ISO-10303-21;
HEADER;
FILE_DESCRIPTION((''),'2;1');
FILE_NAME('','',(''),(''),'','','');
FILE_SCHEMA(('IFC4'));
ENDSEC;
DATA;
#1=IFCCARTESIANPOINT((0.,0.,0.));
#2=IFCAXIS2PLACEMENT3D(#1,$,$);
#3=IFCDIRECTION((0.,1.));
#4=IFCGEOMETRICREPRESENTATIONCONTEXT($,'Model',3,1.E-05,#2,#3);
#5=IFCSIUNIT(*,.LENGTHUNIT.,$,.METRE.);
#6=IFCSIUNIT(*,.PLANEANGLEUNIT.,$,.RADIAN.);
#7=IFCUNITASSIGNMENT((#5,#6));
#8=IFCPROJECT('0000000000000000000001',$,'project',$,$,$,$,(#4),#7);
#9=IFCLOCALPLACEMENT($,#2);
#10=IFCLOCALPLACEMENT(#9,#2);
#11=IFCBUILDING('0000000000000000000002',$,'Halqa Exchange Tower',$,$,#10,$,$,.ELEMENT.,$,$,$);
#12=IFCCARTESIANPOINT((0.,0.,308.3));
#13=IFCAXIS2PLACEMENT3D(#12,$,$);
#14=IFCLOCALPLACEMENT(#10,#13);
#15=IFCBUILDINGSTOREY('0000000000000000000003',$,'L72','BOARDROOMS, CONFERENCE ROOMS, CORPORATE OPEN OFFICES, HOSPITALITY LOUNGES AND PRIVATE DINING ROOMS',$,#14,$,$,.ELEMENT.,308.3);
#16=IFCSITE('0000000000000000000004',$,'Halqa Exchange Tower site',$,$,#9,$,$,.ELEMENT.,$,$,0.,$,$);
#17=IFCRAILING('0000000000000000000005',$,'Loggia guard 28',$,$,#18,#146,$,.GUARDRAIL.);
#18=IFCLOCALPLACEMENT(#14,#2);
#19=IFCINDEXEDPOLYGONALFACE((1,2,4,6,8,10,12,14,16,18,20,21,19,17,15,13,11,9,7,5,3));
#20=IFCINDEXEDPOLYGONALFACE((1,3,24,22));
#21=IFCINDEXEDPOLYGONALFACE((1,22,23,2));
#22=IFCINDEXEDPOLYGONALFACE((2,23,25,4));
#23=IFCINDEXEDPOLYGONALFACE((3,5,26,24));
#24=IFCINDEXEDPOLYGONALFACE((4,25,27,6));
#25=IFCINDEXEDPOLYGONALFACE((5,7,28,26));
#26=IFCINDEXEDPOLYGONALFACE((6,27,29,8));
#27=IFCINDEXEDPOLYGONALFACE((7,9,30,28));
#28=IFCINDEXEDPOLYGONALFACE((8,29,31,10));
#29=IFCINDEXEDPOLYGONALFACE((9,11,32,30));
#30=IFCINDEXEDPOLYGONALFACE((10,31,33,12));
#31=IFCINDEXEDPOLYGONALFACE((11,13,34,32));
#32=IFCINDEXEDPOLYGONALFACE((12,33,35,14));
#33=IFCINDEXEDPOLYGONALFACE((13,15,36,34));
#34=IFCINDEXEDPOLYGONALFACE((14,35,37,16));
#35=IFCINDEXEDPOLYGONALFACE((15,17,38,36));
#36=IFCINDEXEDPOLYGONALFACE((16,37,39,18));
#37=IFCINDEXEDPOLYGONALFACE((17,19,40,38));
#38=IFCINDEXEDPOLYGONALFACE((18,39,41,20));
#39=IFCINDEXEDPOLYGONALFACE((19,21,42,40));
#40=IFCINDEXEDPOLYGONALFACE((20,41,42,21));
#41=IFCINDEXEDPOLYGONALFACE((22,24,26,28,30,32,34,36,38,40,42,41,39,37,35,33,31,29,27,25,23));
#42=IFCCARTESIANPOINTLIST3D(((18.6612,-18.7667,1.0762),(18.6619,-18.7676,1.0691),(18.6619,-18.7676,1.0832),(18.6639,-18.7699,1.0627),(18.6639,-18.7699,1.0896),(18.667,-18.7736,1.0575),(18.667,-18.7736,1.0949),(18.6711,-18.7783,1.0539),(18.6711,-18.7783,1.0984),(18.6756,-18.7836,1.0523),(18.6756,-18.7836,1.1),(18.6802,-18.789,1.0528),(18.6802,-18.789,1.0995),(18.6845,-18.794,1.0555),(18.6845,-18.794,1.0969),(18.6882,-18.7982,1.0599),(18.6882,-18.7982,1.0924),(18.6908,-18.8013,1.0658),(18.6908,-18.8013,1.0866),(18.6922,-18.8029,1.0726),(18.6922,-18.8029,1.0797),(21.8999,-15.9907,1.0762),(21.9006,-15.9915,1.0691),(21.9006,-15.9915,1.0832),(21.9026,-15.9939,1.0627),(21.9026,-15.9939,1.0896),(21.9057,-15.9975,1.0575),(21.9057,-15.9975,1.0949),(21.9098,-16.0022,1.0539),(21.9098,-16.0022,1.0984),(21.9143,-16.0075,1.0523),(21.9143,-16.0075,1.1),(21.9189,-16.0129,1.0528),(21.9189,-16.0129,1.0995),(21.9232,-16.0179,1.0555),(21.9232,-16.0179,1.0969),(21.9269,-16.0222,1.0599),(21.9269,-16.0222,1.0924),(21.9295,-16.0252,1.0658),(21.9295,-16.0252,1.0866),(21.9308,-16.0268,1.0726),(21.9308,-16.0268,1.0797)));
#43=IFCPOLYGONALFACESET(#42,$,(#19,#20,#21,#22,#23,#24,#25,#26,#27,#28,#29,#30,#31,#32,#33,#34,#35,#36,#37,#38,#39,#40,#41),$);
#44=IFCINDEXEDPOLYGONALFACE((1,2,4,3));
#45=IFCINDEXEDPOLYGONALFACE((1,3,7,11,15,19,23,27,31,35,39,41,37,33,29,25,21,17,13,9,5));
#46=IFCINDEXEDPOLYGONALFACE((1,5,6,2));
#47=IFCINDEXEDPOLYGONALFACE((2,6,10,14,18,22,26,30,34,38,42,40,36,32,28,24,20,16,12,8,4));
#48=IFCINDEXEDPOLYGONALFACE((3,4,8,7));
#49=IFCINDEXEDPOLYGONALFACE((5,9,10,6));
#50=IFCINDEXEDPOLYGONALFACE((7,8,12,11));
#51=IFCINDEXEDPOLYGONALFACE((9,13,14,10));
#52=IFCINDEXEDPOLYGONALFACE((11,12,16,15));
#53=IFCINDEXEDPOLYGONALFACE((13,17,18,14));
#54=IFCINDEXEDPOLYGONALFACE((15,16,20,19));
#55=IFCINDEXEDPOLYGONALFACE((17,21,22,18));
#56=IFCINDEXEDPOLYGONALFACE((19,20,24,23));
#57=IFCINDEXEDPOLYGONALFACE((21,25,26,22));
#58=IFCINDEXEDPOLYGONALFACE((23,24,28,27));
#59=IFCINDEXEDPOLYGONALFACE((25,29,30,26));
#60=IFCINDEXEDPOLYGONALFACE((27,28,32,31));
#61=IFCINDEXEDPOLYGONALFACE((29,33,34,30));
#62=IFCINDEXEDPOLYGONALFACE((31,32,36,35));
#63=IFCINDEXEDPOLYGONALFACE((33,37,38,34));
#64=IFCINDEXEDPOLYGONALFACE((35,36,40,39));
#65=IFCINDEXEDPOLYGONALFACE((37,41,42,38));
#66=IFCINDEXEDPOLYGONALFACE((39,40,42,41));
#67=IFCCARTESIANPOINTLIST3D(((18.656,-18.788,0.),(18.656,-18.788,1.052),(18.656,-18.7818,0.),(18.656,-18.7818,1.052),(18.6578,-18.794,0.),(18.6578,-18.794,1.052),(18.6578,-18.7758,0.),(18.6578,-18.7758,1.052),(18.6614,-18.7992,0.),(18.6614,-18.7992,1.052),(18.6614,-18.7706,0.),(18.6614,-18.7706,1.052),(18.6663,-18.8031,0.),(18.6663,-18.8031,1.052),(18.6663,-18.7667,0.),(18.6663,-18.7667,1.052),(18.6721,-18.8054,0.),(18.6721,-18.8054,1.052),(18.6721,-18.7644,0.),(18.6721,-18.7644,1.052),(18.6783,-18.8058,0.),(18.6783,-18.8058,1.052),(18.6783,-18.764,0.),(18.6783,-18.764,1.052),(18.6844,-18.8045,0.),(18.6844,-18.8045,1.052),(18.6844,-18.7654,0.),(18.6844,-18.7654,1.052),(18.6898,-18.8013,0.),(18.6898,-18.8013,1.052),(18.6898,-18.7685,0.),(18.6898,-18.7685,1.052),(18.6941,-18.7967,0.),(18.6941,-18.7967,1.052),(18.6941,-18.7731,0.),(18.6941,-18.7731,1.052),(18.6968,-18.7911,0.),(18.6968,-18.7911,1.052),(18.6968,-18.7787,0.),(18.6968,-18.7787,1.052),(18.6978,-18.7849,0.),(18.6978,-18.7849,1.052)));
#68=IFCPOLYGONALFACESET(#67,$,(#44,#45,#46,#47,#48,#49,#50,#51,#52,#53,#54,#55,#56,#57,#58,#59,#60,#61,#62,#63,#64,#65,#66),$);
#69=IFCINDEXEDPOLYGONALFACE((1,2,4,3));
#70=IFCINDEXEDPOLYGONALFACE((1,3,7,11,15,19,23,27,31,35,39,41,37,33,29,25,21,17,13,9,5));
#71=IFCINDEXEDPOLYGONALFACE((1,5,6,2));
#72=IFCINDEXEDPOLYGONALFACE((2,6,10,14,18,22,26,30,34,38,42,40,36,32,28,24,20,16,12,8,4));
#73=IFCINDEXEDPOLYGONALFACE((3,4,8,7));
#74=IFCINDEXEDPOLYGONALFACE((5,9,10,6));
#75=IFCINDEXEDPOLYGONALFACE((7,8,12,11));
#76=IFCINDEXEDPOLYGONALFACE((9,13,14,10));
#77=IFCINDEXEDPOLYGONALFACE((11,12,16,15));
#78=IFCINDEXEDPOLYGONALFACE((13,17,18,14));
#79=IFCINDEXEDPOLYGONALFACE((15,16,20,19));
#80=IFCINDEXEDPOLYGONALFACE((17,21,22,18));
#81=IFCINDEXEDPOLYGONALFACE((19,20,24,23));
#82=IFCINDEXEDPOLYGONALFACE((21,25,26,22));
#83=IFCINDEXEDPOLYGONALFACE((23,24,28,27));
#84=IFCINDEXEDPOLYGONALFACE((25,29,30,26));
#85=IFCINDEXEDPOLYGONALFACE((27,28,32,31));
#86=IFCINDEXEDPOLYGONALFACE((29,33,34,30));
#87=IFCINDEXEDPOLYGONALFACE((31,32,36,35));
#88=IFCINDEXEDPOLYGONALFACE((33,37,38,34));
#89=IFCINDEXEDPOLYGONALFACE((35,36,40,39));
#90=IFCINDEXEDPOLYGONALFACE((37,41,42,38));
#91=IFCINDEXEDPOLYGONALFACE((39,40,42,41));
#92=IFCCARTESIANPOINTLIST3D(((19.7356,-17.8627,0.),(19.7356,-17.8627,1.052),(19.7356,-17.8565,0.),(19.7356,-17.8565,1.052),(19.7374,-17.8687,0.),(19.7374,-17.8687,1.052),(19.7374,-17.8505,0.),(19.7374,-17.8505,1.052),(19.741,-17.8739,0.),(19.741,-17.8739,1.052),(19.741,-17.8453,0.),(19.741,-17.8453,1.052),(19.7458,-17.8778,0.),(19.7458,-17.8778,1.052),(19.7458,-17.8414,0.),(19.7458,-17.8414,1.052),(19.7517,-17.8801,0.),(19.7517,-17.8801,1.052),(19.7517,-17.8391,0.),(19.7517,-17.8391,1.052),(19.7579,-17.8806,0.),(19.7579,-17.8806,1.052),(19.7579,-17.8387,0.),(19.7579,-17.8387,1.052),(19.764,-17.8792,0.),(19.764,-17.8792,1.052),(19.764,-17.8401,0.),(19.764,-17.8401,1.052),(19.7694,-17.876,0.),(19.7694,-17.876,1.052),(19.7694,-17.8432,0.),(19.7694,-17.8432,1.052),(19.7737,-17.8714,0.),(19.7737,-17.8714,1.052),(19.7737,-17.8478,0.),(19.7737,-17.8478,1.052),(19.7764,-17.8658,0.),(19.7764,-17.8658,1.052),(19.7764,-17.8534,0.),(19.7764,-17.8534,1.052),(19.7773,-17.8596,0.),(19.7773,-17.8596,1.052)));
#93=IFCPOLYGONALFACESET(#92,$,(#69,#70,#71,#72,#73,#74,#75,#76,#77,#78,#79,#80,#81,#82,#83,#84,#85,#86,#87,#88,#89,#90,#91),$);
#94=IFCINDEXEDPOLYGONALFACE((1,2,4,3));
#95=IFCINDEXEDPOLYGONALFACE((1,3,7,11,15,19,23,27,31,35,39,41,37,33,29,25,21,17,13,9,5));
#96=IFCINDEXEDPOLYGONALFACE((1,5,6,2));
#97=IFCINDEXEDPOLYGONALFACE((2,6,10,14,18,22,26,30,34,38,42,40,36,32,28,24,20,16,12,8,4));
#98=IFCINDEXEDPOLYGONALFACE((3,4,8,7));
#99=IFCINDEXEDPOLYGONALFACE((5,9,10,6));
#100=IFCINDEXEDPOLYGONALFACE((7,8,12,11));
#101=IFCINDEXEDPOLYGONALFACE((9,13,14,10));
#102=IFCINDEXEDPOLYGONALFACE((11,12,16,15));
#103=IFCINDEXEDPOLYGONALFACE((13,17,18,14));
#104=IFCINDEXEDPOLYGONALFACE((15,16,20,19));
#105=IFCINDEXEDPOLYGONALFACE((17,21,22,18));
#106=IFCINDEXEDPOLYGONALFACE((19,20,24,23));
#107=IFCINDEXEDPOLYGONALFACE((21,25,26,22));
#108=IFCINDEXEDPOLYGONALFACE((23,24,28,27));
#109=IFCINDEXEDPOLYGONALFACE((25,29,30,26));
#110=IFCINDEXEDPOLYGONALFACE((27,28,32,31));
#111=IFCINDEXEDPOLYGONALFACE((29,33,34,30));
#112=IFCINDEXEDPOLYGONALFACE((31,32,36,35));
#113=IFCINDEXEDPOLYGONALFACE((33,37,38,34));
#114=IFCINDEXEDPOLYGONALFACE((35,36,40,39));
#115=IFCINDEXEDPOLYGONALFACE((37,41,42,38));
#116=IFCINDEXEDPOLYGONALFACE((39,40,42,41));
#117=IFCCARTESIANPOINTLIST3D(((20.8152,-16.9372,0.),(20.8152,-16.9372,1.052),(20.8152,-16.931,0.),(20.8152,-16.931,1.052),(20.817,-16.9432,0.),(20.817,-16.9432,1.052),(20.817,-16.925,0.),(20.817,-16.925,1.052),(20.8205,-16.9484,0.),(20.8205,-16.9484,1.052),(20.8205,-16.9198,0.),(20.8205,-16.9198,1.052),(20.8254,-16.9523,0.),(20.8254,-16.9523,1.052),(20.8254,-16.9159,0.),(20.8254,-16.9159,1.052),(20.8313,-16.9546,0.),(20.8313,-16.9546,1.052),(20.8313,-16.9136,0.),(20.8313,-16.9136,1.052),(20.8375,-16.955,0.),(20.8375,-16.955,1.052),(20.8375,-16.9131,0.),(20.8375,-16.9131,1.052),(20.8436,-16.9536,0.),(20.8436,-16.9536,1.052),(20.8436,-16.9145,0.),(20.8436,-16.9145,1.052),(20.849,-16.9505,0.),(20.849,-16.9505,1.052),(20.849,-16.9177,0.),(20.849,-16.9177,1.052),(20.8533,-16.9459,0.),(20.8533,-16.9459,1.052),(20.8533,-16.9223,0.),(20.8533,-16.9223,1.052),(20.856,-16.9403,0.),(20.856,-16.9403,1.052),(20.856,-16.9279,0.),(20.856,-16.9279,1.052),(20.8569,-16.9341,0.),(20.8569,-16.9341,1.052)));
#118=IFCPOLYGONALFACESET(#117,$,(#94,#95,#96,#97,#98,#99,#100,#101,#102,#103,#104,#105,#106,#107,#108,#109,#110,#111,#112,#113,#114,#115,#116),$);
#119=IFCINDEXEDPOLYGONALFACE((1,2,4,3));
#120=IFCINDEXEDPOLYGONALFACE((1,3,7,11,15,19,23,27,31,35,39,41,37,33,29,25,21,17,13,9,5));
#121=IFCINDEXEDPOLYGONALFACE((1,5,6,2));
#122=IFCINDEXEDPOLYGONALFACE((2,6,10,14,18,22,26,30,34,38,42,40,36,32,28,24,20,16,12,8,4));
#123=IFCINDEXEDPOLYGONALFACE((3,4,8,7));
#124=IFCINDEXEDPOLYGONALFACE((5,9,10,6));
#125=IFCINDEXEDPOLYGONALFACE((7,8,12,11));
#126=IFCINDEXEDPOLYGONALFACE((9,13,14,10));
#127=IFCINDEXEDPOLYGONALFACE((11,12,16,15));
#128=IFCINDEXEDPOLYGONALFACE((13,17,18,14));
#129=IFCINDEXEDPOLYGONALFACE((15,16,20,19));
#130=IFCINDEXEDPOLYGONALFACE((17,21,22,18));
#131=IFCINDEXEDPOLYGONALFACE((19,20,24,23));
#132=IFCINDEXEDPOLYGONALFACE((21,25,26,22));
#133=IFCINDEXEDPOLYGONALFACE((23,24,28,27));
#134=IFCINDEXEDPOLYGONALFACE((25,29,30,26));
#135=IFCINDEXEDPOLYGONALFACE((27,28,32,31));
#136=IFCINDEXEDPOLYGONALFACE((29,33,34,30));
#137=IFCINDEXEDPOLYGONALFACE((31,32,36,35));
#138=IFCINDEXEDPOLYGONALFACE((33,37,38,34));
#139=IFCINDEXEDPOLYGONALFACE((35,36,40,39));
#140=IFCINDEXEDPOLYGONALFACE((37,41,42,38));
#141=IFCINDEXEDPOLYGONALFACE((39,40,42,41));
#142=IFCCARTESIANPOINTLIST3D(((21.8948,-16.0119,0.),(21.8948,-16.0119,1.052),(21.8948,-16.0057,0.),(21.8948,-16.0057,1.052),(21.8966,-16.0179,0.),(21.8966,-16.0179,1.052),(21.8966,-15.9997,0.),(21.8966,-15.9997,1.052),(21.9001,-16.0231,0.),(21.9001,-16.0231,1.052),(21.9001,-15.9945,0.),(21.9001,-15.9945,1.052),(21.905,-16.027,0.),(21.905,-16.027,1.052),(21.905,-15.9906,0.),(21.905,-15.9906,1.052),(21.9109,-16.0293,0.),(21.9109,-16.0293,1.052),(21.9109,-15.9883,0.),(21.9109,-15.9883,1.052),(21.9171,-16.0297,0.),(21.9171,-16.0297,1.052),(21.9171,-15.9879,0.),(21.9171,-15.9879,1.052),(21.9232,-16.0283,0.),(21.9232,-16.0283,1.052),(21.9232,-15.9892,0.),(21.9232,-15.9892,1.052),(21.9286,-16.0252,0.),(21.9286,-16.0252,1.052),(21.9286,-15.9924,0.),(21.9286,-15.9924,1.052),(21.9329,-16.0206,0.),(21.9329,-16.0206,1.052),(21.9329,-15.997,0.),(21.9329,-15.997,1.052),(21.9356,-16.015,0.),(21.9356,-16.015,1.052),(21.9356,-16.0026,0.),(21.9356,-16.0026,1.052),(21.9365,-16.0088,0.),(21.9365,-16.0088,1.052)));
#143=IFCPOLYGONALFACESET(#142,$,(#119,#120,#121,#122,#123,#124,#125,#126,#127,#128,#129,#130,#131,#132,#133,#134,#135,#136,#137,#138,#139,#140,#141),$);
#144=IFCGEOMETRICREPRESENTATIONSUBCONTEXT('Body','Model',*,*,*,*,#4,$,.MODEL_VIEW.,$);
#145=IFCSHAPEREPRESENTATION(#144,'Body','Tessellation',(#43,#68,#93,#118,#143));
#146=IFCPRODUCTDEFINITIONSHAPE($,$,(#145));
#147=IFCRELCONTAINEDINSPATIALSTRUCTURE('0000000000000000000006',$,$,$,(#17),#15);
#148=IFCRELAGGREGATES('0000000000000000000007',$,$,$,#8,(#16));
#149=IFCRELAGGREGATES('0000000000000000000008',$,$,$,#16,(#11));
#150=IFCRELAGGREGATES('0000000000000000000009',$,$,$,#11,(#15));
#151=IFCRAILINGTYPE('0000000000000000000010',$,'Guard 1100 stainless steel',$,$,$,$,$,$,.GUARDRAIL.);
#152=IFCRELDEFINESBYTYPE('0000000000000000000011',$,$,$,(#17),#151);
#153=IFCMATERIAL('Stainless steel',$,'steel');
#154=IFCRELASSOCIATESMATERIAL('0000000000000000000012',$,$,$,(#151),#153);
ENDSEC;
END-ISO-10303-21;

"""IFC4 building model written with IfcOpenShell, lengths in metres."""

from ifc_helpers import new_model, si_unit, direction, frame, origin, origin_2d, place, context, subcontext, project, spatial, circle, extrude, material, type_object, element, save


model = new_model("IFC4")

# Units and contexts
model_context = context("Model", 3, precision=1e-05, world=origin(), true_north=direction((0.0, 1.0)))
body_context = subcontext(model_context, "Body", "Model", "MODEL_VIEW")
ifc_project = project(units=[si_unit("LENGTHUNIT", "METRE"), si_unit("PLANEANGLEUNIT", "RADIAN")], contexts=[model_context])

# Site, building, storey
site_placement = place(None, origin())
site = spatial("IfcSite", under=ifc_project, at=site_placement, Name="Halqa Exchange Tower site", CompositionType="ELEMENT", RefElevation=0.0)
building_placement = place(site_placement, origin())
building = spatial("IfcBuilding", under=site, at=building_placement, Name="Halqa Exchange Tower", CompositionType="ELEMENT")
storey_placement = place(building_placement, frame((0.0, 0.0, 308.3)))
storey = spatial("IfcBuildingStorey", under=building, at=storey_placement, Name="L72", Description="BOARDROOMS, CONFERENCE ROOMS, CORPORATE OPEN OFFICES, HOSPITALITY LOUNGES AND PRIVATE DINING ROOMS", CompositionType="ELEMENT", Elevation=308.3)

# Railing
ifc_material_1 = material(Name="Stainless steel", Category="steel")
railing_type = type_object("IfcRailingType", Name="Guard 1100 stainless steel", PredefinedType="GUARDRAIL", material=ifc_material_1)
railing_1_placement = place(storey_placement, frame((18.6768, -18.7849, 0.0)))
element("IfcRailing", 1, at=railing_1_placement, inside=storey, type_object=railing_type, Name="Loggia guard 28", PredefinedType="GUARDRAIL", context=body_context, shape_type="SweptSolid", body=[
    extrude(circle(Radius=0.0239, at=origin_2d()), frame((0.0, 0.0, 1.0762), z_axis=(0.759253, 0.650796, 0.0), x_axis=(-0.650796, 0.759253, 0.0)), (0.0, 0.0, 1.0), 4.2656),
    extrude(circle(Radius=0.021, at=origin_2d()), origin(), (0.0, 0.0, 1.0), 1.052),
    extrude(circle(Radius=0.021, at=origin_2d()), frame((1.0796, 0.9253, 0.0)), (0.0, 0.0, 1.0), 1.052),
    extrude(circle(Radius=0.021, at=origin_2d()), frame((2.1592, 1.8508, 0.0)), (0.0, 0.0, 1.0), 1.052),
    extrude(circle(Radius=0.021, at=origin_2d()), frame((3.2388, 2.7761, 0.0)), (0.0, 0.0, 1.0), 1.052),
])

save(model, "model.ifc")
